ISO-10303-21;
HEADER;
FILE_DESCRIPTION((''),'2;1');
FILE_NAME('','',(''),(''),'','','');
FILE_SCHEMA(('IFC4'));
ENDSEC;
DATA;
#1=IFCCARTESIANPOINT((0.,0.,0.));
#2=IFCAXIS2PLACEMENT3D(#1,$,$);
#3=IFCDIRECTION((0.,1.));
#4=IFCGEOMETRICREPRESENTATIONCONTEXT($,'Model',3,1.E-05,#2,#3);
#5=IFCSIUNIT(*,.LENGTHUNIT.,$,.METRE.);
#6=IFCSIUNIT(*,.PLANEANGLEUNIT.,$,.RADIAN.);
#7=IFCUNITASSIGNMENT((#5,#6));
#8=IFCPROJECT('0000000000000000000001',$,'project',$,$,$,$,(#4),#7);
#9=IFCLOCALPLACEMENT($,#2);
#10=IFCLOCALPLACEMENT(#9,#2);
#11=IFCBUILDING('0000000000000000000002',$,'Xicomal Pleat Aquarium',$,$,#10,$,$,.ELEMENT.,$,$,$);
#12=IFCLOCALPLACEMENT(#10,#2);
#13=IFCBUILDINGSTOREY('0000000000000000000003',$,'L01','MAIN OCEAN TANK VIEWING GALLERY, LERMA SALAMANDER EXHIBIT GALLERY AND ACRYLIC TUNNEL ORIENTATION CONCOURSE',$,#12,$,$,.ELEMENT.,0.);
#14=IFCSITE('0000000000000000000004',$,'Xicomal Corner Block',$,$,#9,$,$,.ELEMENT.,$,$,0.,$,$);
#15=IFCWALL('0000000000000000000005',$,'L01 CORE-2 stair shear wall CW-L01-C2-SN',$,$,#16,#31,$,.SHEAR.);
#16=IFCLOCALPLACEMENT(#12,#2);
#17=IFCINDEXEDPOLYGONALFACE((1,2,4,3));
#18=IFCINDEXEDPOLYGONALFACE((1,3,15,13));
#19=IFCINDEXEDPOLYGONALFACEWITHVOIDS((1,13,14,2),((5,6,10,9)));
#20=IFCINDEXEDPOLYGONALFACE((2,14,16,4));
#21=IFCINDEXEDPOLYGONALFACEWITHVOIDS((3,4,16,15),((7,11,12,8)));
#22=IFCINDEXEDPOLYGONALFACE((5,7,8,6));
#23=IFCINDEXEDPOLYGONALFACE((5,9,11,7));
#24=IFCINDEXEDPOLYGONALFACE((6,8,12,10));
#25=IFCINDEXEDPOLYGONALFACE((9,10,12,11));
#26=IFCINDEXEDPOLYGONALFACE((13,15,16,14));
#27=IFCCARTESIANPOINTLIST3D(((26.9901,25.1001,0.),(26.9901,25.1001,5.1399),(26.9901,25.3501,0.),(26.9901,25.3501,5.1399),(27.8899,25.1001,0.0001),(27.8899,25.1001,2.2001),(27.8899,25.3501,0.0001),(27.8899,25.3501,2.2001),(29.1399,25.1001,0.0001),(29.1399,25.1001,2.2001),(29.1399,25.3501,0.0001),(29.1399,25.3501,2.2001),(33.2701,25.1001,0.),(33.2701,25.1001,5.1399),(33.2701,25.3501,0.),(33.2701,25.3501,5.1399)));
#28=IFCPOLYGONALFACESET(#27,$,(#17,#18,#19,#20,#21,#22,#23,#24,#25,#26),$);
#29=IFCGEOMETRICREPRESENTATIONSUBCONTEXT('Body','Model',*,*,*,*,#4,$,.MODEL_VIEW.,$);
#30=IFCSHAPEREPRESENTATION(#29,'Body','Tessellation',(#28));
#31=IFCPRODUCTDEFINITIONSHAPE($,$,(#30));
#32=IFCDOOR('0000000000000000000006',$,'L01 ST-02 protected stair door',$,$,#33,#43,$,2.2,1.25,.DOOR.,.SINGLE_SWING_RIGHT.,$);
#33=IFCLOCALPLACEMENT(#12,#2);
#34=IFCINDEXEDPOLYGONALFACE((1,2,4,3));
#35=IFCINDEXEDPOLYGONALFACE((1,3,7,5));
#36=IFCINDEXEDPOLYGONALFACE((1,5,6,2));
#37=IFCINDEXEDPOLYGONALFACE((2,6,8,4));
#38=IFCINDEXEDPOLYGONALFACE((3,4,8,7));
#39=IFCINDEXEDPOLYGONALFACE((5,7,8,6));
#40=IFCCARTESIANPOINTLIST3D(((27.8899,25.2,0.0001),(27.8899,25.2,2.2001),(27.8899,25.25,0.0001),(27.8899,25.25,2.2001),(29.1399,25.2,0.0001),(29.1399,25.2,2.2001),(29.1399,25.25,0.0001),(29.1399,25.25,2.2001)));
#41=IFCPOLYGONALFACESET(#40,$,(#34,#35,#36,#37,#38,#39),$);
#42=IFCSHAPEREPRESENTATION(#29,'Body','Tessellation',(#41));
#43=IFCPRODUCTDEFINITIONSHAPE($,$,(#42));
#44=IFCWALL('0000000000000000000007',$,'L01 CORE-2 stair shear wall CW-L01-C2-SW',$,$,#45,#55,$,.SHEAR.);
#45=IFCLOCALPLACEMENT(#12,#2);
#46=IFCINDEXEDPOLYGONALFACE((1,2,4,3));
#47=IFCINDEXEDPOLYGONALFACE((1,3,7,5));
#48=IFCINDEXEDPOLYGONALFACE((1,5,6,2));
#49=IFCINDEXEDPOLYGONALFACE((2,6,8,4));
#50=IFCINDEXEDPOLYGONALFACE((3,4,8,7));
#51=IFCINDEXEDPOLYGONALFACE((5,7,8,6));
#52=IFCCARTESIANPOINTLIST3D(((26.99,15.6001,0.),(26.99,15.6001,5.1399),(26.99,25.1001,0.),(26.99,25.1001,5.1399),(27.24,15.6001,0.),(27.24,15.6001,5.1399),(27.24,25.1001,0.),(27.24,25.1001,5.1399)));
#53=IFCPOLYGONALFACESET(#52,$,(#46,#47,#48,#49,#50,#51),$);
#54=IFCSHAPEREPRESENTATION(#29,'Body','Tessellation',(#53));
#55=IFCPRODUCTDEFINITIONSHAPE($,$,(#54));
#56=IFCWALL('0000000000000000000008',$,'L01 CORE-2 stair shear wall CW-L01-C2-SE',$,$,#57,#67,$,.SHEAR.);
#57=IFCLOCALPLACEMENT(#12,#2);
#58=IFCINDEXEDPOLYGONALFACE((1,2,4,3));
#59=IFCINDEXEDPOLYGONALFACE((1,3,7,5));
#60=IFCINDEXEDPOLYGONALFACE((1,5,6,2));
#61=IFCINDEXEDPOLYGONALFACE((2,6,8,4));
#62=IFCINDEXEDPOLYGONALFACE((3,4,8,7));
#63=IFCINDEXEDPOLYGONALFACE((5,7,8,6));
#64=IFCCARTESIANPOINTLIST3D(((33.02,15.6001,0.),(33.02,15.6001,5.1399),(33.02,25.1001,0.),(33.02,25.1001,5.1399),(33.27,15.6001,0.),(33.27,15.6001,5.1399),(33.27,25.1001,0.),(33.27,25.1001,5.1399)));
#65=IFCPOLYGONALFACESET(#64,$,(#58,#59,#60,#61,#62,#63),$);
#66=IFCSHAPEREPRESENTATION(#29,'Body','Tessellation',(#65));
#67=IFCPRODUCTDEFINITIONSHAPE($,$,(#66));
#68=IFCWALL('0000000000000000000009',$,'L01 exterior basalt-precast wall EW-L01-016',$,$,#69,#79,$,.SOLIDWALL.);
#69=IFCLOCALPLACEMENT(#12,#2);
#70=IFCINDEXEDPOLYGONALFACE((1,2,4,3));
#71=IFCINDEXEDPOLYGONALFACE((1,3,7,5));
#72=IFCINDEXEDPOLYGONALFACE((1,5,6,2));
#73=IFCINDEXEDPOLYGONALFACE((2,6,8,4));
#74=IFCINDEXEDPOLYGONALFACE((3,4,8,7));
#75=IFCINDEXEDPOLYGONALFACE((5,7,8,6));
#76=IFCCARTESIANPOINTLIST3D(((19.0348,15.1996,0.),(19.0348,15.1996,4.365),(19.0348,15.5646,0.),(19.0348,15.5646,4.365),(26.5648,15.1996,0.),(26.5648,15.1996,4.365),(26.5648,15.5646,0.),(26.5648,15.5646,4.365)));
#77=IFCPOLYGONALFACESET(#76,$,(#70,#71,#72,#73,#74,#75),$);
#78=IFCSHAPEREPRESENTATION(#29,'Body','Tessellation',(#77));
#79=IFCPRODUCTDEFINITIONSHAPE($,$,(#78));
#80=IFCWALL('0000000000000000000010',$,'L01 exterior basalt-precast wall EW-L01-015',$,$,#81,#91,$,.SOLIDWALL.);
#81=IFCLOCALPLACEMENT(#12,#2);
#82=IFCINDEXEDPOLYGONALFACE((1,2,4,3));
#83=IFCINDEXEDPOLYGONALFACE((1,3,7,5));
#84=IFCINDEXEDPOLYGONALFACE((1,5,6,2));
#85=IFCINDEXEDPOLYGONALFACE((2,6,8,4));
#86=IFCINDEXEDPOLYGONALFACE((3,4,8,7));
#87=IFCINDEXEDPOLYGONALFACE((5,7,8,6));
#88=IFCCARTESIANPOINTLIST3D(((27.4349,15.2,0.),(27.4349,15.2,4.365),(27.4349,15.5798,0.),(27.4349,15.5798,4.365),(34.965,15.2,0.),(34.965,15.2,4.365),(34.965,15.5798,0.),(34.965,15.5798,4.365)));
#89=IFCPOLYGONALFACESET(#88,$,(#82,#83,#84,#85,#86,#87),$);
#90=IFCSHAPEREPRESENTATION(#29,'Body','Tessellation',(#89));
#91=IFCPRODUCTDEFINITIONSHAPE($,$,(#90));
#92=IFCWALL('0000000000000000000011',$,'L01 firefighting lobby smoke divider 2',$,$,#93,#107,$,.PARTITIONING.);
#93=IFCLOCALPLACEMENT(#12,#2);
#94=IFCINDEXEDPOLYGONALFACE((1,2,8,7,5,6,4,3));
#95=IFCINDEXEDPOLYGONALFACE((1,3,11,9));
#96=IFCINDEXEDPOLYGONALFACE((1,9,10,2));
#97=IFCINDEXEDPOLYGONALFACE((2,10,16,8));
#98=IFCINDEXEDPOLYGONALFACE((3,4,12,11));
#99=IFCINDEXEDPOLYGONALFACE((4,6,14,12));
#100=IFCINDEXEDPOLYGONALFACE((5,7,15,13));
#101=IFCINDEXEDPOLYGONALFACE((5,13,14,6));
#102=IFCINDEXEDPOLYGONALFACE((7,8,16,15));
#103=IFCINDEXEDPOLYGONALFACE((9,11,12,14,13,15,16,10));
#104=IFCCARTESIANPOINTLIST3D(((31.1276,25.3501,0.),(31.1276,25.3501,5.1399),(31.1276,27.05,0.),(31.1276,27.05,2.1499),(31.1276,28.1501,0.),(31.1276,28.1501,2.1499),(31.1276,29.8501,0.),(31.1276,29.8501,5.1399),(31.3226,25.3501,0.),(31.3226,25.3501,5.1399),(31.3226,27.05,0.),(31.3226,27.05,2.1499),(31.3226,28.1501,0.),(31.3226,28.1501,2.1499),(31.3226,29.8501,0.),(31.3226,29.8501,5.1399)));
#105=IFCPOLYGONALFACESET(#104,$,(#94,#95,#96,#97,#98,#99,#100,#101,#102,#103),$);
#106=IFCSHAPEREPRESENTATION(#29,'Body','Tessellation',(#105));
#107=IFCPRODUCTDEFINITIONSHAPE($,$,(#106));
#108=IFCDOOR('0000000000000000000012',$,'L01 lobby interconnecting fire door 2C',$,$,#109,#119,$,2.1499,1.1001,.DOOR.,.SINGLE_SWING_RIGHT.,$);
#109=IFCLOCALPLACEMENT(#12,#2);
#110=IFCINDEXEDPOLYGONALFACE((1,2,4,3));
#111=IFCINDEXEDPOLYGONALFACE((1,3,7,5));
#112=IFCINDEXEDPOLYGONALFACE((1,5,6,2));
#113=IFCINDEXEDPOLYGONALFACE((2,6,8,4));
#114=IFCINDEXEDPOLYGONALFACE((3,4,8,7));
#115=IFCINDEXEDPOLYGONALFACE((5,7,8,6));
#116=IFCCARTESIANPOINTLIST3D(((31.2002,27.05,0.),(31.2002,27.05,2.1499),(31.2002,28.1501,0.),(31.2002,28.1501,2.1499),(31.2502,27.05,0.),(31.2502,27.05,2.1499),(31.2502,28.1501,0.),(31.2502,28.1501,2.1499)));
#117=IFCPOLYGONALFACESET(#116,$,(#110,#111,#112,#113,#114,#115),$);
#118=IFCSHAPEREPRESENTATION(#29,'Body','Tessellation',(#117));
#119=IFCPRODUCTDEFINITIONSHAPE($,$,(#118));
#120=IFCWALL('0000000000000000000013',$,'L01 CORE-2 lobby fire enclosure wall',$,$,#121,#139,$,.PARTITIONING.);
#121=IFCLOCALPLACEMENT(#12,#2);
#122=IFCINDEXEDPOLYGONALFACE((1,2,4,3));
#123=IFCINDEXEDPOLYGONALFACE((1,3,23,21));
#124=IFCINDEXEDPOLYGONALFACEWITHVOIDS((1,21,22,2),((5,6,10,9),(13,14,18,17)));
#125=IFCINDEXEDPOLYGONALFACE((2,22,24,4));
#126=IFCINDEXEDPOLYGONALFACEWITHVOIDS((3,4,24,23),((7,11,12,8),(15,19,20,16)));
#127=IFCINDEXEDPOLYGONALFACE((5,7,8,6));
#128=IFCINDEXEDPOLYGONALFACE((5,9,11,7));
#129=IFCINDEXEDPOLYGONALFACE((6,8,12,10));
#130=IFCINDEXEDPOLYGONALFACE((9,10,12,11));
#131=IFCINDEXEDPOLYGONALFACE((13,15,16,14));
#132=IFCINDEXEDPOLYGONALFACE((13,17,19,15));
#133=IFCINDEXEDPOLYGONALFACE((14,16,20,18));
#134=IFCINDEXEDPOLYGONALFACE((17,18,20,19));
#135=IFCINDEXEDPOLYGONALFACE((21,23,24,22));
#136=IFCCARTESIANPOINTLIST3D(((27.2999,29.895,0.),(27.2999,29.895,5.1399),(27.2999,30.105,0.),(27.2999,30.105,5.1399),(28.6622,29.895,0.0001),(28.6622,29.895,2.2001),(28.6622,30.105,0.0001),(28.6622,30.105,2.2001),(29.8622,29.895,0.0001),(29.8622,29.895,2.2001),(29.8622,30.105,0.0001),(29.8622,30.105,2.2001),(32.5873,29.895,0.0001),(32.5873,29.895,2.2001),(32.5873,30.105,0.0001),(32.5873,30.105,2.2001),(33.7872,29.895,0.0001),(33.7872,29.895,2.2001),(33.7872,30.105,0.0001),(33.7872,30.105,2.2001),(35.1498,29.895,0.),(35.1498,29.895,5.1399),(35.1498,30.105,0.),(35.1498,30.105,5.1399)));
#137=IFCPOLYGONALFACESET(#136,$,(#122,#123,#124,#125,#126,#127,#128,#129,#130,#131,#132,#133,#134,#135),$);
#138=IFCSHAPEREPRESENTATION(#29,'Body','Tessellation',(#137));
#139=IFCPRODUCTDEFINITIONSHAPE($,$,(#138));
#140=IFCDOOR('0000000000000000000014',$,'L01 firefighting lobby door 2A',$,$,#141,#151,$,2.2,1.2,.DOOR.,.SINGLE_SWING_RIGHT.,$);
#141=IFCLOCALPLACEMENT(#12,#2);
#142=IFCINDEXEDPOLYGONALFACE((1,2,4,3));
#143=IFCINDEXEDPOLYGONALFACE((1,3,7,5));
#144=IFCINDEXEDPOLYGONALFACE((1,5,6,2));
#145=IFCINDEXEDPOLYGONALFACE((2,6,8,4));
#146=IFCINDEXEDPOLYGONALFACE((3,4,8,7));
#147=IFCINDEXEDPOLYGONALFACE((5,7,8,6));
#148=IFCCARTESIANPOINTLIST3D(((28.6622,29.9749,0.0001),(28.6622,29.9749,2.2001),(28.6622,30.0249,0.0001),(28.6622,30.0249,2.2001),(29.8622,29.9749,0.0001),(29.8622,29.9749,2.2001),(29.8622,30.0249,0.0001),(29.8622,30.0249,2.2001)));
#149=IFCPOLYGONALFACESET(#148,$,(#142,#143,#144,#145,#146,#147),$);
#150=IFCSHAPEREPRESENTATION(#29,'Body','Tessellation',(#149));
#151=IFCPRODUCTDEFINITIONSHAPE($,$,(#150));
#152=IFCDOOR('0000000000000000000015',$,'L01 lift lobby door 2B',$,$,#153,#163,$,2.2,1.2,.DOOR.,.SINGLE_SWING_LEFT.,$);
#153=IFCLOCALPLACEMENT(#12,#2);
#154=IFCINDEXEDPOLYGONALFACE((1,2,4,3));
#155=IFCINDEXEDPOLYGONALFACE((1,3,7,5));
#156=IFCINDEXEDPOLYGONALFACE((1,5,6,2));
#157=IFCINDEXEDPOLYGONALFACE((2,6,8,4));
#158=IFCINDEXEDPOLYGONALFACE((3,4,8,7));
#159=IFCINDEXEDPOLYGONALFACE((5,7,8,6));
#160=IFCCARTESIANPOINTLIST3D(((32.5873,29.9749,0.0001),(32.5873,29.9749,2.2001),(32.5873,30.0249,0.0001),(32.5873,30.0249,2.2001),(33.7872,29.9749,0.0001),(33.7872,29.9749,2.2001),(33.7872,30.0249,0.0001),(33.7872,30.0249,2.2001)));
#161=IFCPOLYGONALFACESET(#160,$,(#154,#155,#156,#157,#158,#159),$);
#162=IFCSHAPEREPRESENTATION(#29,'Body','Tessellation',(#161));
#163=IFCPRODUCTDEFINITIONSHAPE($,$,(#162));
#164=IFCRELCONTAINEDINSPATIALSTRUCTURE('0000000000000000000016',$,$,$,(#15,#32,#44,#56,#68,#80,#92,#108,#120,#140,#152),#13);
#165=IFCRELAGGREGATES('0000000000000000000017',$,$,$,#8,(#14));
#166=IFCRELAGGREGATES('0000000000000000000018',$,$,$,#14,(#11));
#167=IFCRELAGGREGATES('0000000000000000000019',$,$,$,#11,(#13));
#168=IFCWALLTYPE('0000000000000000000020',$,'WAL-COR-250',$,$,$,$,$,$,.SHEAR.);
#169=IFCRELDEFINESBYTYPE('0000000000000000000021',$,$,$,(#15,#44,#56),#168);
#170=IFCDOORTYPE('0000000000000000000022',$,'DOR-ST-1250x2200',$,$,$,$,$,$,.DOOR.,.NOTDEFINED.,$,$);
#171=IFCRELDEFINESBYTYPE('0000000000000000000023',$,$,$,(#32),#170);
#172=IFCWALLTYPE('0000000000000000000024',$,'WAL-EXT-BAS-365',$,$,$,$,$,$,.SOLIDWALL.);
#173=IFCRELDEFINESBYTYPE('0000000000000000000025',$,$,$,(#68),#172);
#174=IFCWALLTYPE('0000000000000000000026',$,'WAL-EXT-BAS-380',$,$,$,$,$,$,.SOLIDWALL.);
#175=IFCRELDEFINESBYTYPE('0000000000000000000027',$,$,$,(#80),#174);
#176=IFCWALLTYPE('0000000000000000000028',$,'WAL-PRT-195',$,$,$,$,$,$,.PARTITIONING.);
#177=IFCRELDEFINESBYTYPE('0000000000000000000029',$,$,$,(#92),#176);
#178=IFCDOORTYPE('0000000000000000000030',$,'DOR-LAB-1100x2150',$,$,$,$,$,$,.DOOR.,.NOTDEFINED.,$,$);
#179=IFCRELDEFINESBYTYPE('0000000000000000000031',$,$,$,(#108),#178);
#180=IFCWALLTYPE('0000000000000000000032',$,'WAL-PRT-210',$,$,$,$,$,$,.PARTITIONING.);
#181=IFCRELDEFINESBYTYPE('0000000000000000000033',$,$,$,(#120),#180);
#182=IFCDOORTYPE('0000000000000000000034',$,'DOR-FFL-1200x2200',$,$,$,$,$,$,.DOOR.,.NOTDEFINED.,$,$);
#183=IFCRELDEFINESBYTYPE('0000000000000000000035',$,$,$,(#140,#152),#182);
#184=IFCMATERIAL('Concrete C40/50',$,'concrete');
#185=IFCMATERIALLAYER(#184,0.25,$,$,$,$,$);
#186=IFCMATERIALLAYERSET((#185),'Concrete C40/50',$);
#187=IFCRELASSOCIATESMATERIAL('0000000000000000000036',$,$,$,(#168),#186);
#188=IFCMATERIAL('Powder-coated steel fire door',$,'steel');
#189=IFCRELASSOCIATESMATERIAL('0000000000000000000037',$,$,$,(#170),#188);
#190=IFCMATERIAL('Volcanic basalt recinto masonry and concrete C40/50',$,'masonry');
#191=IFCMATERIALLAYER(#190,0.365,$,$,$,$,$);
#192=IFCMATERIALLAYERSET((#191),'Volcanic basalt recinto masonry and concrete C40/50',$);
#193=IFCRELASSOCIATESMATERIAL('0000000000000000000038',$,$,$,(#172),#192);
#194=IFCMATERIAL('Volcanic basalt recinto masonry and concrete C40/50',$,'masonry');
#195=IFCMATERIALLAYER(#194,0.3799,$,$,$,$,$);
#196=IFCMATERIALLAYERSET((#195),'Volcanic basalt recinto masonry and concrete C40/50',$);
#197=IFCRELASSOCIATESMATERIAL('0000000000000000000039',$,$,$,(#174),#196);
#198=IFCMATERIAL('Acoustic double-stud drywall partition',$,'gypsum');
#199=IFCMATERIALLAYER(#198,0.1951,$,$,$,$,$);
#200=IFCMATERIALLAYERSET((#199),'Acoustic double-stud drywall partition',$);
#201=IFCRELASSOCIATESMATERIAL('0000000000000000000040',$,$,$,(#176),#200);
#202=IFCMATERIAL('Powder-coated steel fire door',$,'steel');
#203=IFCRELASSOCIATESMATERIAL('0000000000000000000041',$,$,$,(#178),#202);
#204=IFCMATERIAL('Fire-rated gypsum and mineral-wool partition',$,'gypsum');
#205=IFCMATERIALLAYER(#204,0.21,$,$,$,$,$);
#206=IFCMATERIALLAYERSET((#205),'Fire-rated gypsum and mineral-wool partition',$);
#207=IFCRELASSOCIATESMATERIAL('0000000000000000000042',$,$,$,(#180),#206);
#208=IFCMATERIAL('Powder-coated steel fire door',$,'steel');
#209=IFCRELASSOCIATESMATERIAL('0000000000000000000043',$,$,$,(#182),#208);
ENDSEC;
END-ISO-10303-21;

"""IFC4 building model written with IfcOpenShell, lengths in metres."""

from ifc_helpers import new_model, si_unit, direction, frame, frame_2d, origin, place, context, subcontext, project, spatial, rectangle, extrude, material, layer, layer_set, type_object, element, fill, save


model = new_model("IFC4")

# Units and contexts
model_context = context("Model", 3, precision=1e-05, world=origin(), true_north=direction((0.0, 1.0)))
body_context = subcontext(model_context, "Body", "Model", "MODEL_VIEW")
ifc_project = project(units=[si_unit("LENGTHUNIT", "METRE"), si_unit("PLANEANGLEUNIT", "RADIAN")], contexts=[model_context])

# Site, building, storey
site_placement = place(None, origin())
site = spatial("IfcSite", under=ifc_project, at=site_placement, Name="Xicomal Corner Block", CompositionType="ELEMENT", RefElevation=0.0)
building_placement = place(site_placement, origin())
building = spatial("IfcBuilding", under=site, at=building_placement, Name="Xicomal Pleat Aquarium", CompositionType="ELEMENT")
storey_placement = place(building_placement, origin())
storey = spatial("IfcBuildingStorey", under=building, at=storey_placement, Name="L01", Description="MAIN OCEAN TANK VIEWING GALLERY, LERMA SALAMANDER EXHIBIT GALLERY AND ACRYLIC TUNNEL ORIENTATION CONCOURSE", CompositionType="ELEMENT", Elevation=0.0)

# Wall, opening, door
ifc_material_1 = material(Name="Concrete C40/50", Category="concrete")
ifc_layer_1 = layer(ifc_material_1, 0.25)
ifc_layer_set_1 = layer_set([ifc_layer_1], Name="Concrete C40/50")
wall_type_1 = type_object("IfcWallType", Name="WAL-COR-250", PredefinedType="SHEAR", material=ifc_layer_set_1)
wall_1_placement = place(storey_placement, frame((26.99, 25.2251, 0.0), z_axis=(0.0, 0.0, 1.0), x_axis=(1.0, 0.0, 0.0)))
wall_1 = element("IfcWall", 1, at=wall_1_placement, inside=storey, type_object=wall_type_1, Name="L01 CORE-2 stair shear wall CW-L01-C2-SN", PredefinedType="SHEAR", context=body_context, shape_type="SweptSolid", body=[
    extrude(rectangle(XDim=6.28, YDim=0.25, at=frame_2d((3.1401, 0.0))), origin(), (0.0, 0.0, 1.0), 5.1399),
])
opening_1_placement = place(wall_1_placement, frame((0.8999, 0.0, 0.0)))
opening_1 = element("IfcOpeningElement", 2, at=opening_1_placement, cuts=wall_1, PredefinedType="OPENING", context=body_context, shape_type="SweptSolid", body=[
    extrude(rectangle(XDim=1.25, YDim=2.2, at=frame_2d((0.625, 1.1001))), frame((0.0, 0.135, 0.0), z_axis=(0.0, -1.0, 0.0), x_axis=(1.0, 0.0, 0.0)), (0.0, 0.0, 1.0), 0.27),
])
ifc_material_2 = material(Name="Powder-coated steel fire door", Category="steel")
door_type_1 = type_object("IfcDoorType", Name="DOR-ST-1250x2200", OperationType="NOTDEFINED", PredefinedType="DOOR", material=ifc_material_2)
door_1_placement = place(opening_1_placement, origin())
door_1 = element("IfcDoor", 3, at=door_1_placement, inside=storey, type_object=door_type_1, Name="L01 ST-02 protected stair door", OperationType="SINGLE_SWING_RIGHT", OverallHeight=2.2, OverallWidth=1.25, PredefinedType="DOOR", context=body_context, shape_type="SweptSolid", body=[
    extrude(rectangle(XDim=1.25, YDim=2.2, at=frame_2d((0.625, 1.1001))), frame((0.0, 0.0249, 0.0), z_axis=(0.0, -1.0, 0.0), x_axis=(1.0, 0.0, 0.0)), (0.0, 0.0, 1.0), 0.05),
])
fill(opening_1, door_1)

# Walls
for number, where, z_axis, x_axis, name in (
    (4, (27.115, 15.6001, 0.0), (0.0, 0.0, 1.0), (0.0, 1.0, 0.0), "L01 CORE-2 stair shear wall CW-L01-C2-SW"),
    (5, (33.145, 15.6001, 0.0), (0.0, 0.0, 1.0), (0.0, 1.0, 0.0), "L01 CORE-2 stair shear wall CW-L01-C2-SE"),
):
    element("IfcWall", number, at=place(storey_placement, frame(where, z_axis=z_axis, x_axis=x_axis)), inside=storey, type_object=wall_type_1, Name=name, PredefinedType="SHEAR", context=body_context, shape_type="SweptSolid", body=[
        extrude(rectangle(XDim=9.5, YDim=0.25, at=frame_2d((4.75, 0.0))), origin(), (0.0, 0.0, 1.0), 5.1399),
    ])
ifc_material_3 = material(Name="Volcanic basalt recinto masonry and concrete C40/50", Category="masonry")
ifc_layer_2 = layer(ifc_material_3, 0.365)
ifc_layer_set_2 = layer_set([ifc_layer_2], Name="Volcanic basalt recinto masonry and concrete C40/50")
wall_type_2 = type_object("IfcWallType", Name="WAL-EXT-BAS-365", PredefinedType="SOLIDWALL", material=ifc_layer_set_2)
wall_2_placement = place(storey_placement, frame((26.5649, 15.3821, 0.0), z_axis=(0.0, 0.0, 1.0), x_axis=(-1.0, 0.0, 0.0)))
element("IfcWall", 6, at=wall_2_placement, inside=storey, type_object=wall_type_2, Name="L01 exterior basalt-precast wall EW-L01-016", PredefinedType="SOLIDWALL", context=body_context, shape_type="SweptSolid", body=[
    extrude(rectangle(XDim=7.53, YDim=0.365, at=frame_2d((3.7651, 0.0))), origin(), (0.0, 0.0, 1.0), 4.365),
])
ifc_material_4 = material(Name="Volcanic basalt recinto masonry and concrete C40/50", Category="masonry")
ifc_layer_3 = layer(ifc_material_4, 0.3799)
ifc_layer_set_3 = layer_set([ifc_layer_3], Name="Volcanic basalt recinto masonry and concrete C40/50")
wall_type_3 = type_object("IfcWallType", Name="WAL-EXT-BAS-380", PredefinedType="SOLIDWALL", material=ifc_layer_set_3)
wall_3_placement = place(storey_placement, frame((34.9651, 15.3899, 0.0), z_axis=(0.0, 0.0, 1.0), x_axis=(-1.0, 0.0, 0.0)))
element("IfcWall", 7, at=wall_3_placement, inside=storey, type_object=wall_type_3, Name="L01 exterior basalt-precast wall EW-L01-015", PredefinedType="SOLIDWALL", context=body_context, shape_type="SweptSolid", body=[
    extrude(rectangle(XDim=7.53, YDim=0.3799, at=frame_2d((3.7651, 0.0))), origin(), (0.0, 0.0, 1.0), 4.365),
])

# Wall, opening, door
ifc_material_5 = material(Name="Acoustic double-stud drywall partition", Category="gypsum")
ifc_layer_4 = layer(ifc_material_5, 0.1951)
ifc_layer_set_4 = layer_set([ifc_layer_4], Name="Acoustic double-stud drywall partition")
wall_type_4 = type_object("IfcWallType", Name="WAL-PRT-195", PredefinedType="PARTITIONING", material=ifc_layer_set_4)
wall_4_placement = place(storey_placement, frame((31.2251, 25.3501, 0.0), z_axis=(0.0, 0.0, 1.0), x_axis=(0.0, 1.0, 0.0)))
wall_4 = element("IfcWall", 8, at=wall_4_placement, inside=storey, type_object=wall_type_4, Name="L01 firefighting lobby smoke divider 2", PredefinedType="PARTITIONING", context=body_context, shape_type="SweptSolid", body=[
    extrude(rectangle(XDim=4.5, YDim=0.1951, at=frame_2d((2.25, 0.0))), origin(), (0.0, 0.0, 1.0), 5.1399),
])
opening_2_placement = place(wall_4_placement, frame((1.7, 0.0, 0.0)))
opening_2 = element("IfcOpeningElement", 9, at=opening_2_placement, cuts=wall_4, PredefinedType="OPENING", context=body_context, shape_type="SweptSolid", body=[
    extrude(rectangle(XDim=1.1001, YDim=2.1499, at=frame_2d((0.55, 1.075))), frame((0.0, 0.1074, 0.0), z_axis=(0.0, -1.0, 0.0), x_axis=(1.0, 0.0, 0.0)), (0.0, 0.0, 1.0), 0.2151),
])
ifc_material_6 = material(Name="Powder-coated steel fire door", Category="steel")
door_type_2 = type_object("IfcDoorType", Name="DOR-LAB-1100x2150", OperationType="NOTDEFINED", PredefinedType="DOOR", material=ifc_material_6)
door_2_placement = place(opening_2_placement, origin())
door_2 = element("IfcDoor", 10, at=door_2_placement, inside=storey, type_object=door_type_2, Name="L01 lobby interconnecting fire door 2C", OperationType="SINGLE_SWING_RIGHT", OverallHeight=2.1499, OverallWidth=1.1001, PredefinedType="DOOR", context=body_context, shape_type="SweptSolid", body=[
    extrude(rectangle(XDim=1.1001, YDim=2.1499, at=frame_2d((0.55, 1.075))), frame((0.0, 0.0249, 0.0), z_axis=(0.0, -1.0, 0.0), x_axis=(1.0, 0.0, 0.0)), (0.0, 0.0, 1.0), 0.05),
])
fill(opening_2, door_2)

# Wall, openings, doors
ifc_material_7 = material(Name="Fire-rated gypsum and mineral-wool partition", Category="gypsum")
ifc_layer_5 = layer(ifc_material_7, 0.21)
ifc_layer_set_5 = layer_set([ifc_layer_5], Name="Fire-rated gypsum and mineral-wool partition")
wall_type_5 = type_object("IfcWallType", Name="WAL-PRT-210", PredefinedType="PARTITIONING", material=ifc_layer_set_5)
wall_5_placement = place(storey_placement, frame((27.3, 30.0, 0.0), z_axis=(0.0, 0.0, 1.0), x_axis=(1.0, 0.0, 0.0)))
wall_5 = element("IfcWall", 11, at=wall_5_placement, inside=storey, type_object=wall_type_5, Name="L01 CORE-2 lobby fire enclosure wall", PredefinedType="PARTITIONING", context=body_context, shape_type="SweptSolid", body=[
    extrude(rectangle(XDim=7.8499, YDim=0.21, at=frame_2d((3.9248, 0.0))), origin(), (0.0, 0.0, 1.0), 5.1399),
])
opening_3_placement = place(wall_5_placement, frame((1.3621, 0.0, 0.0)))
opening_3 = element("IfcOpeningElement", 12, at=opening_3_placement, cuts=wall_5, PredefinedType="OPENING", context=body_context, shape_type="SweptSolid", body=[
    extrude(rectangle(XDim=1.2, YDim=2.2, at=frame_2d((0.6001, 1.1001))), frame((0.0, 0.115, 0.0), z_axis=(0.0, -1.0, 0.0), x_axis=(1.0, 0.0, 0.0)), (0.0, 0.0, 1.0), 0.23),
])
opening_4_placement = place(wall_5_placement, frame((5.2871, 0.0, 0.0)))
opening_4 = element("IfcOpeningElement", 13, at=opening_4_placement, cuts=wall_5, PredefinedType="OPENING", context=body_context, shape_type="SweptSolid", body=[
    extrude(rectangle(XDim=1.2, YDim=2.2, at=frame_2d((0.6001, 1.1001))), frame((0.0, 0.115, 0.0), z_axis=(0.0, -1.0, 0.0), x_axis=(1.0, 0.0, 0.0)), (0.0, 0.0, 1.0), 0.23),
])
ifc_material_8 = material(Name="Powder-coated steel fire door", Category="steel")
door_type_3 = type_object("IfcDoorType", Name="DOR-FFL-1200x2200", OperationType="NOTDEFINED", PredefinedType="DOOR", material=ifc_material_8)
door_3_placement = place(opening_3_placement, origin())
door_3 = element("IfcDoor", 14, at=door_3_placement, inside=storey, type_object=door_type_3, Name="L01 firefighting lobby door 2A", OperationType="SINGLE_SWING_RIGHT", OverallHeight=2.2, OverallWidth=1.2, PredefinedType="DOOR", context=body_context, shape_type="SweptSolid", body=[
    extrude(rectangle(XDim=1.2, YDim=2.2, at=frame_2d((0.6001, 1.1001))), frame((0.0, 0.0249, 0.0), z_axis=(0.0, -1.0, 0.0), x_axis=(1.0, 0.0, 0.0)), (0.0, 0.0, 1.0), 0.05),
])
fill(opening_3, door_3)
door_4_placement = place(opening_4_placement, origin())
door_4 = element("IfcDoor", 15, at=door_4_placement, inside=storey, type_object=door_type_3, Name="L01 lift lobby door 2B", OperationType="SINGLE_SWING_LEFT", OverallHeight=2.2, OverallWidth=1.2, PredefinedType="DOOR", context=body_context, shape_type="SweptSolid", body=[
    extrude(rectangle(XDim=1.2, YDim=2.2, at=frame_2d((0.6001, 1.1001))), frame((0.0, 0.0249, 0.0), z_axis=(0.0, -1.0, 0.0), x_axis=(1.0, 0.0, 0.0)), (0.0, 0.0, 1.0), 0.05),
])
fill(opening_4, door_4)

save(model, "model.ifc")
